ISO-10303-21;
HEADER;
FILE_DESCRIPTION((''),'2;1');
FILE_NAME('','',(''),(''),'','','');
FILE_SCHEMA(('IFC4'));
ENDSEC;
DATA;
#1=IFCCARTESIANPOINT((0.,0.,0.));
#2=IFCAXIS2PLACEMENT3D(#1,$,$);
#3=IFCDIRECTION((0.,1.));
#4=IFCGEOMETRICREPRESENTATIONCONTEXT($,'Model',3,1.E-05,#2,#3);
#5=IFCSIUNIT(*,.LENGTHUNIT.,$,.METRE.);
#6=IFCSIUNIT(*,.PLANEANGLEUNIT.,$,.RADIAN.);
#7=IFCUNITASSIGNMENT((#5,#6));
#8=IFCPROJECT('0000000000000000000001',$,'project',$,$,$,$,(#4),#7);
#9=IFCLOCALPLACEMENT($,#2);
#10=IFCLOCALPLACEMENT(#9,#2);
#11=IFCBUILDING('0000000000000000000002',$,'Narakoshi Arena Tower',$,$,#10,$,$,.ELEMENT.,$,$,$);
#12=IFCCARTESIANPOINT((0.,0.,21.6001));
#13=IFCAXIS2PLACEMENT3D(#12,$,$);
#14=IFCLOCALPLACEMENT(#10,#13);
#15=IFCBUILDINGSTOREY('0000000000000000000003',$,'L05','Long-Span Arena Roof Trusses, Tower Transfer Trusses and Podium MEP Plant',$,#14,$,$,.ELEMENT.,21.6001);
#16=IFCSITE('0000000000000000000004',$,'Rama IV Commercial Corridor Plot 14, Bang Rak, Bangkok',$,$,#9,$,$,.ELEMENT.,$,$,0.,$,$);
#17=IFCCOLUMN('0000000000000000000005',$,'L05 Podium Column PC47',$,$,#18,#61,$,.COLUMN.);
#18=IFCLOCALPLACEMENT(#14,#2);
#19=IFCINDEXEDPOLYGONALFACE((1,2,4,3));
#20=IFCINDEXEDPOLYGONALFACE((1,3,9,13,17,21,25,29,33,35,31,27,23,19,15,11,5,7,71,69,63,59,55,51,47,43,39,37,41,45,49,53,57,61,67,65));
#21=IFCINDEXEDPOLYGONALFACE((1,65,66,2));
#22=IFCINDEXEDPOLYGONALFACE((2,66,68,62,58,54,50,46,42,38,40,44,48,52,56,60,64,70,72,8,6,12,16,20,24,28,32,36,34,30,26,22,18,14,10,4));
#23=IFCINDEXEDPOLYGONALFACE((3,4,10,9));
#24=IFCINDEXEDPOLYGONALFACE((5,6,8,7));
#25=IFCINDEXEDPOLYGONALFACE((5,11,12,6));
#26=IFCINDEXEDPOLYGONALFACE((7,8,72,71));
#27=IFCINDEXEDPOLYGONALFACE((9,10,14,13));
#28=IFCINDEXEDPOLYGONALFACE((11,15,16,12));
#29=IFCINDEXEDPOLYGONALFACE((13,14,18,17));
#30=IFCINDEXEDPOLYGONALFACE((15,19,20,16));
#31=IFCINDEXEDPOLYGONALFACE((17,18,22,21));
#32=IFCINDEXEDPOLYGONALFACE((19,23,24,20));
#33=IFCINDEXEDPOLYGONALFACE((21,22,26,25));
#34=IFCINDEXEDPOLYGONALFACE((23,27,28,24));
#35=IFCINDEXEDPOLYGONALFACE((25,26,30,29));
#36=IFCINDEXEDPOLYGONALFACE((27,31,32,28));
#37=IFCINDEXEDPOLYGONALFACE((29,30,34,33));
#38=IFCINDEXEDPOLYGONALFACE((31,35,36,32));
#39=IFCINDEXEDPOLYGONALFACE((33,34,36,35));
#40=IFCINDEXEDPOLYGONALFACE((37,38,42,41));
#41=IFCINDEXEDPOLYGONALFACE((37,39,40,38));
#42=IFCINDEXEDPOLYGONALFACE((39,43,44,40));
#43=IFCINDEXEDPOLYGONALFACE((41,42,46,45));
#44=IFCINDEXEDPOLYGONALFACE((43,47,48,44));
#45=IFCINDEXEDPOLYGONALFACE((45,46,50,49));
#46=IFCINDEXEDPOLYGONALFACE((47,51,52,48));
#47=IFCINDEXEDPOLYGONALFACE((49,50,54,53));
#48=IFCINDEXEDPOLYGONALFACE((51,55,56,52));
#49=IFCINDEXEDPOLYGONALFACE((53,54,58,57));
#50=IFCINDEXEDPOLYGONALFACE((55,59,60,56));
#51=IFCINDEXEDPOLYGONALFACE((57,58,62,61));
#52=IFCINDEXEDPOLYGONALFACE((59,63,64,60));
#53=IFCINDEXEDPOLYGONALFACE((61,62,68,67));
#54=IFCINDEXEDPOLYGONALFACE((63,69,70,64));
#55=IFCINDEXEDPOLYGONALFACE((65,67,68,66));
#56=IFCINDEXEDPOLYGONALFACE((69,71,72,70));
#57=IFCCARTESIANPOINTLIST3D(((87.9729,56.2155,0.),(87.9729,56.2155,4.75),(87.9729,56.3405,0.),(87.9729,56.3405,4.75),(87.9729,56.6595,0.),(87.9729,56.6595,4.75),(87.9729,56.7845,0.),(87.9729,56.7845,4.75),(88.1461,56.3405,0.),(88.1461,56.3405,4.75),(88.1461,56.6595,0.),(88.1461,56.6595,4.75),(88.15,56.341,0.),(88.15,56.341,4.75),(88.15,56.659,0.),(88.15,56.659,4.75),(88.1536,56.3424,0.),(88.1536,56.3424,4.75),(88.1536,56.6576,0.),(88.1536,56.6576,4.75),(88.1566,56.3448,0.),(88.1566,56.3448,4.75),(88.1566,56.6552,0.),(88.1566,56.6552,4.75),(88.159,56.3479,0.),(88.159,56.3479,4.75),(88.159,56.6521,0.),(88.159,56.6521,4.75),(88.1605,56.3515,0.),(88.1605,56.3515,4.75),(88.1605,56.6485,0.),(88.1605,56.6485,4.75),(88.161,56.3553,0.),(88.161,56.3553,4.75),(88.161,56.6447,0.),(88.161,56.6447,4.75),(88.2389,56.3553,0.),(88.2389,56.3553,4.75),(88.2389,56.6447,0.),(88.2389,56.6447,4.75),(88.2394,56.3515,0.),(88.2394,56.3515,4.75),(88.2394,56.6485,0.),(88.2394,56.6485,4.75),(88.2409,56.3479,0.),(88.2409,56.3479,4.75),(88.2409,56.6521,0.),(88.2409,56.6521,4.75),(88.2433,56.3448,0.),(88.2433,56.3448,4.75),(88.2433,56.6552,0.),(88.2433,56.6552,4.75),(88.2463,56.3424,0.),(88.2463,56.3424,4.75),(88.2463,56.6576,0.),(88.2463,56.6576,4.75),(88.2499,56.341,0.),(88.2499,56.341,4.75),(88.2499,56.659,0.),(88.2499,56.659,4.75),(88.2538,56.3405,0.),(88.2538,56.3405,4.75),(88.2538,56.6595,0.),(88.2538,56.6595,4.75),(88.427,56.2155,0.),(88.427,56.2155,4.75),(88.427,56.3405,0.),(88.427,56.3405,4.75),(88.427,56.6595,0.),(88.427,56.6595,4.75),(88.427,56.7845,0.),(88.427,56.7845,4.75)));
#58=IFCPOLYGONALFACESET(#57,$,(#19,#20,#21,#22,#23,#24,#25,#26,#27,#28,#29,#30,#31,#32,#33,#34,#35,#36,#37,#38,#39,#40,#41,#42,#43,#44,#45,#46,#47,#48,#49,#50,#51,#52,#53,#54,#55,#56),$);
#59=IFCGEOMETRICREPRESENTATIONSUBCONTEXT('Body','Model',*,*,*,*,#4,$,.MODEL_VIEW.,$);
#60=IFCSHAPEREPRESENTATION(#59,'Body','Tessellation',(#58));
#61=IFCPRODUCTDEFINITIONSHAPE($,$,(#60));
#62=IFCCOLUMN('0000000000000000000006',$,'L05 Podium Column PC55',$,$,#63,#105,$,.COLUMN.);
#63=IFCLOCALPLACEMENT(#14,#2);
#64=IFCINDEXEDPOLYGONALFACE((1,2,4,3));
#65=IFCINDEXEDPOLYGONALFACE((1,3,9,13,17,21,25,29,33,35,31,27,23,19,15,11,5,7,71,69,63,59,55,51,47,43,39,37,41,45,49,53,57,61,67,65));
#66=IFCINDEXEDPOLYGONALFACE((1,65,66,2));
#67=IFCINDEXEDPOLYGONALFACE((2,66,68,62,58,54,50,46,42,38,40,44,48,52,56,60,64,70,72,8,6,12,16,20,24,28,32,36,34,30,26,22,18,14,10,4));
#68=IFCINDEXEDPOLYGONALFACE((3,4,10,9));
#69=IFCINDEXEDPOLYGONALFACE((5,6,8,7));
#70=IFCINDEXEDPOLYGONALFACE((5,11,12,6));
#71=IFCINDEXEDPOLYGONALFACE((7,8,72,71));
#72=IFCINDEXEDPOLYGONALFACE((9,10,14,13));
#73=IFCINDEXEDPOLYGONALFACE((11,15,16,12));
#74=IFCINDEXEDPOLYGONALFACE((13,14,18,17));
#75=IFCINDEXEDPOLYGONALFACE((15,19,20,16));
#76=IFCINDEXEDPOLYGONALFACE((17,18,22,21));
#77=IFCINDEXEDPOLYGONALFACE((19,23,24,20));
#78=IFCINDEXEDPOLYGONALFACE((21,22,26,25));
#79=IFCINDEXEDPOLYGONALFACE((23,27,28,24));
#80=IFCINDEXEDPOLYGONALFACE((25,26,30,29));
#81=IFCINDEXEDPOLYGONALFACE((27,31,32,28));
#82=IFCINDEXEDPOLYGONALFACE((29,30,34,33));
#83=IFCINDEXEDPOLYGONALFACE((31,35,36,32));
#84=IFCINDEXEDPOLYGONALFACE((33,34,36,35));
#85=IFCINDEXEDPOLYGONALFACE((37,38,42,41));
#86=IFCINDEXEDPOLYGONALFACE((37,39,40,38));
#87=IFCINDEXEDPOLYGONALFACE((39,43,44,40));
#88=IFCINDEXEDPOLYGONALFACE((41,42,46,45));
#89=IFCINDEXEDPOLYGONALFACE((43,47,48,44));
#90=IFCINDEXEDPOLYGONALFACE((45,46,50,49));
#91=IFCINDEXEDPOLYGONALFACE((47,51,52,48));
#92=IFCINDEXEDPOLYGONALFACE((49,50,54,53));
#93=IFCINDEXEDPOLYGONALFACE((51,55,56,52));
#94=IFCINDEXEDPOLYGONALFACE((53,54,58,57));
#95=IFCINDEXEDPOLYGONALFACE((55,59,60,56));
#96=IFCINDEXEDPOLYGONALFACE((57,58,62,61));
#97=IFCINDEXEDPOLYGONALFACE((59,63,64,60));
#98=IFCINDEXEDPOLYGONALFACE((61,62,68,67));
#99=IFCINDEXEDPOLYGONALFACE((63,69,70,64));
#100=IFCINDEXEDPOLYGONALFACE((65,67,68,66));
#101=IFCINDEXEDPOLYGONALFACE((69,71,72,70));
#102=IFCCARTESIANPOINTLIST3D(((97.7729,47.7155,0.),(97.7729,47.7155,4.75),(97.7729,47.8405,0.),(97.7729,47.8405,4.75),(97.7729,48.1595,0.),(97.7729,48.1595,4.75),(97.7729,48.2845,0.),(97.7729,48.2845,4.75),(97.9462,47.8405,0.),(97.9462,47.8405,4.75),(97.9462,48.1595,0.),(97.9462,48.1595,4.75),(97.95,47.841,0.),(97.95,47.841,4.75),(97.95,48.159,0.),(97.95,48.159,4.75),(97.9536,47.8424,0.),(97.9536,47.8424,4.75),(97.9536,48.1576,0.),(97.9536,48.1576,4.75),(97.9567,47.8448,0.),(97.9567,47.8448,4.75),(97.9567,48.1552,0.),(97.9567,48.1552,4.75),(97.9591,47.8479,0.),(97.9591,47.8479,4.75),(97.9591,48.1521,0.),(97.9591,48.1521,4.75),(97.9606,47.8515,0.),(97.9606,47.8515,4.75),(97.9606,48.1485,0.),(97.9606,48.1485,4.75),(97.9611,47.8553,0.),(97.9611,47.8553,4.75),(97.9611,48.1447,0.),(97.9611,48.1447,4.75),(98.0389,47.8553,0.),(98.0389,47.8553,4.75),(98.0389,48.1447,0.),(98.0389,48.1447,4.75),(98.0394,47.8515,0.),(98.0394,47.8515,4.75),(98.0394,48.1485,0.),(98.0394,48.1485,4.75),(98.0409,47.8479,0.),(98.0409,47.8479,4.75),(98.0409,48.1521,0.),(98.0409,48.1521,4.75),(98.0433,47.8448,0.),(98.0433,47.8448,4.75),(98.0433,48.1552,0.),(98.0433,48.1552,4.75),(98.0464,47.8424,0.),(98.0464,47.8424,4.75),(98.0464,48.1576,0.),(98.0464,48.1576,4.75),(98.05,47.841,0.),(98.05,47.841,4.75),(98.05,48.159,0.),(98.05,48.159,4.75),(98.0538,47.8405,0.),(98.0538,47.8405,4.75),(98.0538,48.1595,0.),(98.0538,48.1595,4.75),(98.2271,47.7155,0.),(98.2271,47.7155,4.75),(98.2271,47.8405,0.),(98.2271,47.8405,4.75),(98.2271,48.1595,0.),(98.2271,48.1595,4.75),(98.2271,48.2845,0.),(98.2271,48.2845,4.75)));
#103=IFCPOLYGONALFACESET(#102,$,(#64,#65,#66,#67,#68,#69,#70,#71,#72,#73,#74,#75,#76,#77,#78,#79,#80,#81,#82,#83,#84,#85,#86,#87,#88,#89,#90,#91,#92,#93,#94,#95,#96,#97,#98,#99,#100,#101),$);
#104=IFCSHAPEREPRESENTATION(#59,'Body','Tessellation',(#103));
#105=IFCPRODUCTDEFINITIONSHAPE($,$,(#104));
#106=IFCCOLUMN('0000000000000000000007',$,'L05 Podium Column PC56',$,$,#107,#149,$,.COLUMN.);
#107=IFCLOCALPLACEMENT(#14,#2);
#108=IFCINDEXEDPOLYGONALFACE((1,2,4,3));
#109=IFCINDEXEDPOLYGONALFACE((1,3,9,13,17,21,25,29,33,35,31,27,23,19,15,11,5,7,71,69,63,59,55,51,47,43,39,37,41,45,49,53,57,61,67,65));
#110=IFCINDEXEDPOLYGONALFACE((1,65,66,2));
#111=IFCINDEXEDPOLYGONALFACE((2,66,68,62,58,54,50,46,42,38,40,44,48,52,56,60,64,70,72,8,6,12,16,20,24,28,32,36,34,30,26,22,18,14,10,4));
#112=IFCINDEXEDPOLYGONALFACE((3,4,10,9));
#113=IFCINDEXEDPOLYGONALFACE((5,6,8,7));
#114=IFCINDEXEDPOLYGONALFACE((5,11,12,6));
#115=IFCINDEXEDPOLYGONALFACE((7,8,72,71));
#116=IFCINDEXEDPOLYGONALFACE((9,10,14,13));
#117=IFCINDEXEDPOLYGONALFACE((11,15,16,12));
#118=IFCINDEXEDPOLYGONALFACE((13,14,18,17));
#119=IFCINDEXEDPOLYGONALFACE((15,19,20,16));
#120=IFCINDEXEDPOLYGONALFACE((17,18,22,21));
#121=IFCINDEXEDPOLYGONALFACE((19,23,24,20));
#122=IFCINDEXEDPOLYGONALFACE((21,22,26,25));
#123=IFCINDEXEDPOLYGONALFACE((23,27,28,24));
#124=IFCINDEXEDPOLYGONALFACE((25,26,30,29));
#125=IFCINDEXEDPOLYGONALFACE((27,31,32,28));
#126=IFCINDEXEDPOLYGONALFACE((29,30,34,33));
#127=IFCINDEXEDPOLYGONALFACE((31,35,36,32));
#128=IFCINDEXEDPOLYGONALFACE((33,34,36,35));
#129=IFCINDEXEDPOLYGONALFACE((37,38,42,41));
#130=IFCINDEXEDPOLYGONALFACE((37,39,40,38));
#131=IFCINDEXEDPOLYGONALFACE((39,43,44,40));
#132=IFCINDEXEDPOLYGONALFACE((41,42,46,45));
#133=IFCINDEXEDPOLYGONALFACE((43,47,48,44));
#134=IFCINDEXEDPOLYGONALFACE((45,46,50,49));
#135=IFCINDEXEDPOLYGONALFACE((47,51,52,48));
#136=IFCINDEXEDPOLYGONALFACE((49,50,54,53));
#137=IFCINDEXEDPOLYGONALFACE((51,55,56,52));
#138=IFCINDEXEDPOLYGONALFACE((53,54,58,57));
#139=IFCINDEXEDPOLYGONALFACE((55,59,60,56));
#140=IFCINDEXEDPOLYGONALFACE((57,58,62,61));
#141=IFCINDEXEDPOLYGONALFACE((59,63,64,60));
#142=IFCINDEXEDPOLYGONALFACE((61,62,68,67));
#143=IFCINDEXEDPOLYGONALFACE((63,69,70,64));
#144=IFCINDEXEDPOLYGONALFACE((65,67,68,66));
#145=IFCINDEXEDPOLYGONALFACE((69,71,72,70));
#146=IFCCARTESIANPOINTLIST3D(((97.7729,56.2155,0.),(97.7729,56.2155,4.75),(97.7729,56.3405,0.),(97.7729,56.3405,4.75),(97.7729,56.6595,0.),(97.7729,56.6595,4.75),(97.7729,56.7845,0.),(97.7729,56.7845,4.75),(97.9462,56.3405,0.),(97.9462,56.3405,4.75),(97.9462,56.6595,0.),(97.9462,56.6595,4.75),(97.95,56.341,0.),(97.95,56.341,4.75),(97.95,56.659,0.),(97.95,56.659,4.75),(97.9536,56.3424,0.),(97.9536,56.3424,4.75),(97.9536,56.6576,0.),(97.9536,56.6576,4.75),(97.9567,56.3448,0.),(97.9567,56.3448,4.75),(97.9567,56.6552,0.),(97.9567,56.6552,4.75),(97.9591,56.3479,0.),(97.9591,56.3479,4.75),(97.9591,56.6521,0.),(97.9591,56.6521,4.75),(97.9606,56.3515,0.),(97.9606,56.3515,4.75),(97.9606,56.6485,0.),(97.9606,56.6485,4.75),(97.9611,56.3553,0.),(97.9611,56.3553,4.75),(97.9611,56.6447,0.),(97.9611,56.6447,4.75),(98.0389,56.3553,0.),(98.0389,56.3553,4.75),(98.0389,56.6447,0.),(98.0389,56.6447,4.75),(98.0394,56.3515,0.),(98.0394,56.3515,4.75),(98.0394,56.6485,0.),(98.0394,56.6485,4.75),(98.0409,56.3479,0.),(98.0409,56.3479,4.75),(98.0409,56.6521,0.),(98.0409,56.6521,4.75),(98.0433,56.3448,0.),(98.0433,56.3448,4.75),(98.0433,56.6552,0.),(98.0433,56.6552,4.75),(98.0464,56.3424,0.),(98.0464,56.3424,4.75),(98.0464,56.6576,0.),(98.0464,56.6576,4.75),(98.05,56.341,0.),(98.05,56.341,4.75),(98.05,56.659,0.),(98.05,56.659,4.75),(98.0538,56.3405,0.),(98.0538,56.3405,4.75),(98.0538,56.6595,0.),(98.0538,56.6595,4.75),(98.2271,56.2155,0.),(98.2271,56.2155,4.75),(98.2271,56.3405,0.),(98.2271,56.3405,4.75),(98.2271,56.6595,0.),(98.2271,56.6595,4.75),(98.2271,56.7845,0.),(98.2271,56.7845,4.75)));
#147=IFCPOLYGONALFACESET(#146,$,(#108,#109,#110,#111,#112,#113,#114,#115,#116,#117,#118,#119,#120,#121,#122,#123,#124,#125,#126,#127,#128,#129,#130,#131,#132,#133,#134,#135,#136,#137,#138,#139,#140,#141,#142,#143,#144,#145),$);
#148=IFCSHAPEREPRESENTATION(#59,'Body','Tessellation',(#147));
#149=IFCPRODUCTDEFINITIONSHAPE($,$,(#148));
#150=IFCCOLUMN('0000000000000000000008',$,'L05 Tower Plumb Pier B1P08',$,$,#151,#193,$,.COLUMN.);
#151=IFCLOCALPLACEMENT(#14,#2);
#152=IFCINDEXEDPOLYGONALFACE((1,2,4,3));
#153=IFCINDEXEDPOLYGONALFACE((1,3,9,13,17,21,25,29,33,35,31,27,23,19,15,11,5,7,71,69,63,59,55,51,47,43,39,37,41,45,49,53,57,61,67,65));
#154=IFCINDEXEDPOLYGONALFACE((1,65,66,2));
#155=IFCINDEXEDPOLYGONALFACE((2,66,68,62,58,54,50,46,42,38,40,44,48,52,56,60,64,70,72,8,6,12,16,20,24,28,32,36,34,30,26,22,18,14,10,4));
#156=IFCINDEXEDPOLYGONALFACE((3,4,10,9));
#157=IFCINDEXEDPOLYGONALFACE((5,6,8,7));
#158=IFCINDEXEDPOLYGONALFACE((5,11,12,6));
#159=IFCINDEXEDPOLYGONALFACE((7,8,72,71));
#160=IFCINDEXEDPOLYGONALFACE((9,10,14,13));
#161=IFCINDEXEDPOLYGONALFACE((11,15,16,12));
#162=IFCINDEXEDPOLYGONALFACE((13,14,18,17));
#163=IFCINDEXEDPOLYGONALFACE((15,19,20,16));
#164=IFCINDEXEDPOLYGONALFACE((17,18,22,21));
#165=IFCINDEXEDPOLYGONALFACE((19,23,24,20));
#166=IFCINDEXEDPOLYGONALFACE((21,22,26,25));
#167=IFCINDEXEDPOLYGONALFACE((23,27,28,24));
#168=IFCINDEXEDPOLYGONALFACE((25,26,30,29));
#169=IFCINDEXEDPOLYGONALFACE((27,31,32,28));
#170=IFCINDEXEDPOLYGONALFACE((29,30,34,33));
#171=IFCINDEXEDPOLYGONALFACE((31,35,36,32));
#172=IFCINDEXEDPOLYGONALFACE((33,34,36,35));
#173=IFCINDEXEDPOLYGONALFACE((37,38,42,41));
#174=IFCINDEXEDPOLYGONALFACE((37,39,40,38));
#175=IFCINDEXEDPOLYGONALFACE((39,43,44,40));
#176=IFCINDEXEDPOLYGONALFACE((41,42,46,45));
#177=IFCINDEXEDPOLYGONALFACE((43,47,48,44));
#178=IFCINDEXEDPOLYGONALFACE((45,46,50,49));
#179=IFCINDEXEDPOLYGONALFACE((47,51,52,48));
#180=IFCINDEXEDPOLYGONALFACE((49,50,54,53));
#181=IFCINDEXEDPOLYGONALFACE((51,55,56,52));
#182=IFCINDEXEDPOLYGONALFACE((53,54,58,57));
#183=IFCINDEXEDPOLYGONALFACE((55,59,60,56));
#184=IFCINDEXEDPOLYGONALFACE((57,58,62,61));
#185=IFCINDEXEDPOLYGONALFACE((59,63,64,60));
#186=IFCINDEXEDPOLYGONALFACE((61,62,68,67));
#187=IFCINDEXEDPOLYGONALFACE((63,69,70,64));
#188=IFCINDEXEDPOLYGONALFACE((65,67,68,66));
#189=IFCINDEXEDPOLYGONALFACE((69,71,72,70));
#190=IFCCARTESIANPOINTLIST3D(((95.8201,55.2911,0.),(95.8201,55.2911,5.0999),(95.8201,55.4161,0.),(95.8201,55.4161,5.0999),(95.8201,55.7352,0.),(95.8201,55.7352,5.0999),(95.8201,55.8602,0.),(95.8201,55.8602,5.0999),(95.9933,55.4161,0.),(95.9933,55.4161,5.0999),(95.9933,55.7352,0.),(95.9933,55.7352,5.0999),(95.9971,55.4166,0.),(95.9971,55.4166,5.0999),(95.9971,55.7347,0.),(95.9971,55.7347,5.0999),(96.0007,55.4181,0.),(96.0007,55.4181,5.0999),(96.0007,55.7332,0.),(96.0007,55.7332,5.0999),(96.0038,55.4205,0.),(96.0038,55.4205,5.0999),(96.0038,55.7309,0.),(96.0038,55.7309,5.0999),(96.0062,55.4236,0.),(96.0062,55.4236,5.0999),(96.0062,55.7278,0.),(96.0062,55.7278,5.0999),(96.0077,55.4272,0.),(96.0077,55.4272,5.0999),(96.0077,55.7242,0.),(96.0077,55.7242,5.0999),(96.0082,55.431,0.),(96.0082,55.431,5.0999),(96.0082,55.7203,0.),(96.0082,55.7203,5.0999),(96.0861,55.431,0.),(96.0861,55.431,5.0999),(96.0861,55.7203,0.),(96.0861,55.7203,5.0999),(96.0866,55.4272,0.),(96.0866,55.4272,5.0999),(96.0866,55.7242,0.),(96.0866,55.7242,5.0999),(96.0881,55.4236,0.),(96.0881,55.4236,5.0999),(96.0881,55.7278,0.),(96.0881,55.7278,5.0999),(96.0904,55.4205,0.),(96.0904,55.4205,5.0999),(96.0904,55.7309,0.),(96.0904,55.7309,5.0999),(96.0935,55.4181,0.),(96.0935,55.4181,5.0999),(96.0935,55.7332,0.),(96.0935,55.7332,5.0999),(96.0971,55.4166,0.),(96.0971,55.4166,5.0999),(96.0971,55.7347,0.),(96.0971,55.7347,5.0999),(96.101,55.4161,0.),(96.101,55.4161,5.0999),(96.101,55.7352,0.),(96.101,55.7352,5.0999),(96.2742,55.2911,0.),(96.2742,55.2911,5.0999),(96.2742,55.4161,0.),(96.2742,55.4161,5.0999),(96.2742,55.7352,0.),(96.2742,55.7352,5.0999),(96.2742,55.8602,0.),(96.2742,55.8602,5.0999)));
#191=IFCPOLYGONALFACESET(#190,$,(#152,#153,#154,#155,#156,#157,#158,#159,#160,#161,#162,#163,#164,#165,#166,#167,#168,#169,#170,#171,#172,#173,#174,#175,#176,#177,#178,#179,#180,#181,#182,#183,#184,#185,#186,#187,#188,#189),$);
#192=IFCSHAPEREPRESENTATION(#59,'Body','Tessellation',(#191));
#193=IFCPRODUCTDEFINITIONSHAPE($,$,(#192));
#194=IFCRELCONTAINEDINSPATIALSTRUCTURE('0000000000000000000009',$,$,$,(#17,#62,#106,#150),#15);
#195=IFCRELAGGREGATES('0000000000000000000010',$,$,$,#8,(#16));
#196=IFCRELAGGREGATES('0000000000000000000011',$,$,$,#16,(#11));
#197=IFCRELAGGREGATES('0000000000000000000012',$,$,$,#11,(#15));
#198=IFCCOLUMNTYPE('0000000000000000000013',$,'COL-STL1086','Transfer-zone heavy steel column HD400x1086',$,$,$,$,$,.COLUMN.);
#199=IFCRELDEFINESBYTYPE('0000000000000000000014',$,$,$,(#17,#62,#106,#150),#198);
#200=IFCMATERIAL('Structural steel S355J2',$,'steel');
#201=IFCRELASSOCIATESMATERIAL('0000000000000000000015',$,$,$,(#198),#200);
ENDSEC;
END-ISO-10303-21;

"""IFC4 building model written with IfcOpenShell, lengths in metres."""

from ifc_helpers import new_model, si_unit, direction, frame, origin, origin_2d, place, context, subcontext, project, spatial, i_section, extrude, material, material_profile, profile_set, type_object, element, save


model = new_model("IFC4")

# Units and contexts
model_context = context("Model", 3, precision=1e-05, world=origin(), true_north=direction((0.0, 1.0)))
body_context = subcontext(model_context, "Body", "Model", "MODEL_VIEW")
ifc_project = project(units=[si_unit("LENGTHUNIT", "METRE"), si_unit("PLANEANGLEUNIT", "RADIAN")], contexts=[model_context])

# Site, building, storey
site_placement = place(None, origin())
site = spatial("IfcSite", under=ifc_project, at=site_placement, Name="Rama IV Commercial Corridor Plot 14, Bang Rak, Bangkok", CompositionType="ELEMENT", RefElevation=0.0)
building_placement = place(site_placement, origin())
building = spatial("IfcBuilding", under=site, at=building_placement, Name="Narakoshi Arena Tower", CompositionType="ELEMENT")
storey_placement = place(building_placement, frame((0.0, 0.0, 21.6001)))
storey = spatial("IfcBuildingStorey", under=building, at=storey_placement, Name="L05", Description="Long-Span Arena Roof Trusses, Tower Transfer Trusses and Podium MEP Plant", CompositionType="ELEMENT", Elevation=21.6001)

# Columns
ifc_material_1 = material(Name="Structural steel S355J2", Category="steel")
ifc_material_profile_1 = material_profile(ifc_material_1, i_section(OverallWidth=0.4541, OverallDepth=0.5691, WebThickness=0.0779, FlangeThickness=0.125, FilletRadius=0.0149, at=origin_2d()), Name="HD400x1086")
ifc_profile_set_1 = profile_set([ifc_material_profile_1], Name="Structural steel S355J2")
column_type = type_object("IfcColumnType", Name="COL-STL1086", Description="Transfer-zone heavy steel column HD400x1086", PredefinedType="COLUMN", material=ifc_profile_set_1)
for number, where, z_axis, x_axis, name in (
    (1, (88.2, 56.5, 0.0), (0.0, 0.0, 1.0), (1.0, 0.0, 0.0), "L05 Podium Column PC47"),
    (2, (98.0, 48.0, 0.0), (0.0, 0.0, 1.0), (1.0, 0.0, 0.0), "L05 Podium Column PC55"),
    (3, (98.0, 56.5, 0.0), (0.0, 0.0, 1.0), (1.0, 0.0, 0.0), "L05 Podium Column PC56"),
):
    element("IfcColumn", number, at=place(storey_placement, frame(where, z_axis=z_axis, x_axis=x_axis)), inside=storey, type_object=column_type, Name=name, PredefinedType="COLUMN", context=body_context, shape_type="SweptSolid", body=[
        extrude(i_section(OverallWidth=0.4541, OverallDepth=0.5691, WebThickness=0.0779, FlangeThickness=0.125, FilletRadius=0.0149, at=origin_2d()), origin(), (0.0, 0.0, 1.0), 4.75),
    ])
for number, where, z_axis, x_axis, name in (
    (4, (96.0471, 55.5757, 0.0), (0.0, 0.0, 1.0), (1.0, 0.0, 0.0), "L05 Tower Plumb Pier B1P08"),
):
    element("IfcColumn", number, at=place(storey_placement, frame(where, z_axis=z_axis, x_axis=x_axis)), inside=storey, type_object=column_type, Name=name, PredefinedType="COLUMN", context=body_context, shape_type="SweptSolid", body=[
        extrude(i_section(OverallWidth=0.4541, OverallDepth=0.5691, WebThickness=0.0779, FlangeThickness=0.125, FilletRadius=0.0149, at=origin_2d()), origin(), (0.0, 0.0, 1.0), 5.0999),
    ])

save(model, "model.ifc")
